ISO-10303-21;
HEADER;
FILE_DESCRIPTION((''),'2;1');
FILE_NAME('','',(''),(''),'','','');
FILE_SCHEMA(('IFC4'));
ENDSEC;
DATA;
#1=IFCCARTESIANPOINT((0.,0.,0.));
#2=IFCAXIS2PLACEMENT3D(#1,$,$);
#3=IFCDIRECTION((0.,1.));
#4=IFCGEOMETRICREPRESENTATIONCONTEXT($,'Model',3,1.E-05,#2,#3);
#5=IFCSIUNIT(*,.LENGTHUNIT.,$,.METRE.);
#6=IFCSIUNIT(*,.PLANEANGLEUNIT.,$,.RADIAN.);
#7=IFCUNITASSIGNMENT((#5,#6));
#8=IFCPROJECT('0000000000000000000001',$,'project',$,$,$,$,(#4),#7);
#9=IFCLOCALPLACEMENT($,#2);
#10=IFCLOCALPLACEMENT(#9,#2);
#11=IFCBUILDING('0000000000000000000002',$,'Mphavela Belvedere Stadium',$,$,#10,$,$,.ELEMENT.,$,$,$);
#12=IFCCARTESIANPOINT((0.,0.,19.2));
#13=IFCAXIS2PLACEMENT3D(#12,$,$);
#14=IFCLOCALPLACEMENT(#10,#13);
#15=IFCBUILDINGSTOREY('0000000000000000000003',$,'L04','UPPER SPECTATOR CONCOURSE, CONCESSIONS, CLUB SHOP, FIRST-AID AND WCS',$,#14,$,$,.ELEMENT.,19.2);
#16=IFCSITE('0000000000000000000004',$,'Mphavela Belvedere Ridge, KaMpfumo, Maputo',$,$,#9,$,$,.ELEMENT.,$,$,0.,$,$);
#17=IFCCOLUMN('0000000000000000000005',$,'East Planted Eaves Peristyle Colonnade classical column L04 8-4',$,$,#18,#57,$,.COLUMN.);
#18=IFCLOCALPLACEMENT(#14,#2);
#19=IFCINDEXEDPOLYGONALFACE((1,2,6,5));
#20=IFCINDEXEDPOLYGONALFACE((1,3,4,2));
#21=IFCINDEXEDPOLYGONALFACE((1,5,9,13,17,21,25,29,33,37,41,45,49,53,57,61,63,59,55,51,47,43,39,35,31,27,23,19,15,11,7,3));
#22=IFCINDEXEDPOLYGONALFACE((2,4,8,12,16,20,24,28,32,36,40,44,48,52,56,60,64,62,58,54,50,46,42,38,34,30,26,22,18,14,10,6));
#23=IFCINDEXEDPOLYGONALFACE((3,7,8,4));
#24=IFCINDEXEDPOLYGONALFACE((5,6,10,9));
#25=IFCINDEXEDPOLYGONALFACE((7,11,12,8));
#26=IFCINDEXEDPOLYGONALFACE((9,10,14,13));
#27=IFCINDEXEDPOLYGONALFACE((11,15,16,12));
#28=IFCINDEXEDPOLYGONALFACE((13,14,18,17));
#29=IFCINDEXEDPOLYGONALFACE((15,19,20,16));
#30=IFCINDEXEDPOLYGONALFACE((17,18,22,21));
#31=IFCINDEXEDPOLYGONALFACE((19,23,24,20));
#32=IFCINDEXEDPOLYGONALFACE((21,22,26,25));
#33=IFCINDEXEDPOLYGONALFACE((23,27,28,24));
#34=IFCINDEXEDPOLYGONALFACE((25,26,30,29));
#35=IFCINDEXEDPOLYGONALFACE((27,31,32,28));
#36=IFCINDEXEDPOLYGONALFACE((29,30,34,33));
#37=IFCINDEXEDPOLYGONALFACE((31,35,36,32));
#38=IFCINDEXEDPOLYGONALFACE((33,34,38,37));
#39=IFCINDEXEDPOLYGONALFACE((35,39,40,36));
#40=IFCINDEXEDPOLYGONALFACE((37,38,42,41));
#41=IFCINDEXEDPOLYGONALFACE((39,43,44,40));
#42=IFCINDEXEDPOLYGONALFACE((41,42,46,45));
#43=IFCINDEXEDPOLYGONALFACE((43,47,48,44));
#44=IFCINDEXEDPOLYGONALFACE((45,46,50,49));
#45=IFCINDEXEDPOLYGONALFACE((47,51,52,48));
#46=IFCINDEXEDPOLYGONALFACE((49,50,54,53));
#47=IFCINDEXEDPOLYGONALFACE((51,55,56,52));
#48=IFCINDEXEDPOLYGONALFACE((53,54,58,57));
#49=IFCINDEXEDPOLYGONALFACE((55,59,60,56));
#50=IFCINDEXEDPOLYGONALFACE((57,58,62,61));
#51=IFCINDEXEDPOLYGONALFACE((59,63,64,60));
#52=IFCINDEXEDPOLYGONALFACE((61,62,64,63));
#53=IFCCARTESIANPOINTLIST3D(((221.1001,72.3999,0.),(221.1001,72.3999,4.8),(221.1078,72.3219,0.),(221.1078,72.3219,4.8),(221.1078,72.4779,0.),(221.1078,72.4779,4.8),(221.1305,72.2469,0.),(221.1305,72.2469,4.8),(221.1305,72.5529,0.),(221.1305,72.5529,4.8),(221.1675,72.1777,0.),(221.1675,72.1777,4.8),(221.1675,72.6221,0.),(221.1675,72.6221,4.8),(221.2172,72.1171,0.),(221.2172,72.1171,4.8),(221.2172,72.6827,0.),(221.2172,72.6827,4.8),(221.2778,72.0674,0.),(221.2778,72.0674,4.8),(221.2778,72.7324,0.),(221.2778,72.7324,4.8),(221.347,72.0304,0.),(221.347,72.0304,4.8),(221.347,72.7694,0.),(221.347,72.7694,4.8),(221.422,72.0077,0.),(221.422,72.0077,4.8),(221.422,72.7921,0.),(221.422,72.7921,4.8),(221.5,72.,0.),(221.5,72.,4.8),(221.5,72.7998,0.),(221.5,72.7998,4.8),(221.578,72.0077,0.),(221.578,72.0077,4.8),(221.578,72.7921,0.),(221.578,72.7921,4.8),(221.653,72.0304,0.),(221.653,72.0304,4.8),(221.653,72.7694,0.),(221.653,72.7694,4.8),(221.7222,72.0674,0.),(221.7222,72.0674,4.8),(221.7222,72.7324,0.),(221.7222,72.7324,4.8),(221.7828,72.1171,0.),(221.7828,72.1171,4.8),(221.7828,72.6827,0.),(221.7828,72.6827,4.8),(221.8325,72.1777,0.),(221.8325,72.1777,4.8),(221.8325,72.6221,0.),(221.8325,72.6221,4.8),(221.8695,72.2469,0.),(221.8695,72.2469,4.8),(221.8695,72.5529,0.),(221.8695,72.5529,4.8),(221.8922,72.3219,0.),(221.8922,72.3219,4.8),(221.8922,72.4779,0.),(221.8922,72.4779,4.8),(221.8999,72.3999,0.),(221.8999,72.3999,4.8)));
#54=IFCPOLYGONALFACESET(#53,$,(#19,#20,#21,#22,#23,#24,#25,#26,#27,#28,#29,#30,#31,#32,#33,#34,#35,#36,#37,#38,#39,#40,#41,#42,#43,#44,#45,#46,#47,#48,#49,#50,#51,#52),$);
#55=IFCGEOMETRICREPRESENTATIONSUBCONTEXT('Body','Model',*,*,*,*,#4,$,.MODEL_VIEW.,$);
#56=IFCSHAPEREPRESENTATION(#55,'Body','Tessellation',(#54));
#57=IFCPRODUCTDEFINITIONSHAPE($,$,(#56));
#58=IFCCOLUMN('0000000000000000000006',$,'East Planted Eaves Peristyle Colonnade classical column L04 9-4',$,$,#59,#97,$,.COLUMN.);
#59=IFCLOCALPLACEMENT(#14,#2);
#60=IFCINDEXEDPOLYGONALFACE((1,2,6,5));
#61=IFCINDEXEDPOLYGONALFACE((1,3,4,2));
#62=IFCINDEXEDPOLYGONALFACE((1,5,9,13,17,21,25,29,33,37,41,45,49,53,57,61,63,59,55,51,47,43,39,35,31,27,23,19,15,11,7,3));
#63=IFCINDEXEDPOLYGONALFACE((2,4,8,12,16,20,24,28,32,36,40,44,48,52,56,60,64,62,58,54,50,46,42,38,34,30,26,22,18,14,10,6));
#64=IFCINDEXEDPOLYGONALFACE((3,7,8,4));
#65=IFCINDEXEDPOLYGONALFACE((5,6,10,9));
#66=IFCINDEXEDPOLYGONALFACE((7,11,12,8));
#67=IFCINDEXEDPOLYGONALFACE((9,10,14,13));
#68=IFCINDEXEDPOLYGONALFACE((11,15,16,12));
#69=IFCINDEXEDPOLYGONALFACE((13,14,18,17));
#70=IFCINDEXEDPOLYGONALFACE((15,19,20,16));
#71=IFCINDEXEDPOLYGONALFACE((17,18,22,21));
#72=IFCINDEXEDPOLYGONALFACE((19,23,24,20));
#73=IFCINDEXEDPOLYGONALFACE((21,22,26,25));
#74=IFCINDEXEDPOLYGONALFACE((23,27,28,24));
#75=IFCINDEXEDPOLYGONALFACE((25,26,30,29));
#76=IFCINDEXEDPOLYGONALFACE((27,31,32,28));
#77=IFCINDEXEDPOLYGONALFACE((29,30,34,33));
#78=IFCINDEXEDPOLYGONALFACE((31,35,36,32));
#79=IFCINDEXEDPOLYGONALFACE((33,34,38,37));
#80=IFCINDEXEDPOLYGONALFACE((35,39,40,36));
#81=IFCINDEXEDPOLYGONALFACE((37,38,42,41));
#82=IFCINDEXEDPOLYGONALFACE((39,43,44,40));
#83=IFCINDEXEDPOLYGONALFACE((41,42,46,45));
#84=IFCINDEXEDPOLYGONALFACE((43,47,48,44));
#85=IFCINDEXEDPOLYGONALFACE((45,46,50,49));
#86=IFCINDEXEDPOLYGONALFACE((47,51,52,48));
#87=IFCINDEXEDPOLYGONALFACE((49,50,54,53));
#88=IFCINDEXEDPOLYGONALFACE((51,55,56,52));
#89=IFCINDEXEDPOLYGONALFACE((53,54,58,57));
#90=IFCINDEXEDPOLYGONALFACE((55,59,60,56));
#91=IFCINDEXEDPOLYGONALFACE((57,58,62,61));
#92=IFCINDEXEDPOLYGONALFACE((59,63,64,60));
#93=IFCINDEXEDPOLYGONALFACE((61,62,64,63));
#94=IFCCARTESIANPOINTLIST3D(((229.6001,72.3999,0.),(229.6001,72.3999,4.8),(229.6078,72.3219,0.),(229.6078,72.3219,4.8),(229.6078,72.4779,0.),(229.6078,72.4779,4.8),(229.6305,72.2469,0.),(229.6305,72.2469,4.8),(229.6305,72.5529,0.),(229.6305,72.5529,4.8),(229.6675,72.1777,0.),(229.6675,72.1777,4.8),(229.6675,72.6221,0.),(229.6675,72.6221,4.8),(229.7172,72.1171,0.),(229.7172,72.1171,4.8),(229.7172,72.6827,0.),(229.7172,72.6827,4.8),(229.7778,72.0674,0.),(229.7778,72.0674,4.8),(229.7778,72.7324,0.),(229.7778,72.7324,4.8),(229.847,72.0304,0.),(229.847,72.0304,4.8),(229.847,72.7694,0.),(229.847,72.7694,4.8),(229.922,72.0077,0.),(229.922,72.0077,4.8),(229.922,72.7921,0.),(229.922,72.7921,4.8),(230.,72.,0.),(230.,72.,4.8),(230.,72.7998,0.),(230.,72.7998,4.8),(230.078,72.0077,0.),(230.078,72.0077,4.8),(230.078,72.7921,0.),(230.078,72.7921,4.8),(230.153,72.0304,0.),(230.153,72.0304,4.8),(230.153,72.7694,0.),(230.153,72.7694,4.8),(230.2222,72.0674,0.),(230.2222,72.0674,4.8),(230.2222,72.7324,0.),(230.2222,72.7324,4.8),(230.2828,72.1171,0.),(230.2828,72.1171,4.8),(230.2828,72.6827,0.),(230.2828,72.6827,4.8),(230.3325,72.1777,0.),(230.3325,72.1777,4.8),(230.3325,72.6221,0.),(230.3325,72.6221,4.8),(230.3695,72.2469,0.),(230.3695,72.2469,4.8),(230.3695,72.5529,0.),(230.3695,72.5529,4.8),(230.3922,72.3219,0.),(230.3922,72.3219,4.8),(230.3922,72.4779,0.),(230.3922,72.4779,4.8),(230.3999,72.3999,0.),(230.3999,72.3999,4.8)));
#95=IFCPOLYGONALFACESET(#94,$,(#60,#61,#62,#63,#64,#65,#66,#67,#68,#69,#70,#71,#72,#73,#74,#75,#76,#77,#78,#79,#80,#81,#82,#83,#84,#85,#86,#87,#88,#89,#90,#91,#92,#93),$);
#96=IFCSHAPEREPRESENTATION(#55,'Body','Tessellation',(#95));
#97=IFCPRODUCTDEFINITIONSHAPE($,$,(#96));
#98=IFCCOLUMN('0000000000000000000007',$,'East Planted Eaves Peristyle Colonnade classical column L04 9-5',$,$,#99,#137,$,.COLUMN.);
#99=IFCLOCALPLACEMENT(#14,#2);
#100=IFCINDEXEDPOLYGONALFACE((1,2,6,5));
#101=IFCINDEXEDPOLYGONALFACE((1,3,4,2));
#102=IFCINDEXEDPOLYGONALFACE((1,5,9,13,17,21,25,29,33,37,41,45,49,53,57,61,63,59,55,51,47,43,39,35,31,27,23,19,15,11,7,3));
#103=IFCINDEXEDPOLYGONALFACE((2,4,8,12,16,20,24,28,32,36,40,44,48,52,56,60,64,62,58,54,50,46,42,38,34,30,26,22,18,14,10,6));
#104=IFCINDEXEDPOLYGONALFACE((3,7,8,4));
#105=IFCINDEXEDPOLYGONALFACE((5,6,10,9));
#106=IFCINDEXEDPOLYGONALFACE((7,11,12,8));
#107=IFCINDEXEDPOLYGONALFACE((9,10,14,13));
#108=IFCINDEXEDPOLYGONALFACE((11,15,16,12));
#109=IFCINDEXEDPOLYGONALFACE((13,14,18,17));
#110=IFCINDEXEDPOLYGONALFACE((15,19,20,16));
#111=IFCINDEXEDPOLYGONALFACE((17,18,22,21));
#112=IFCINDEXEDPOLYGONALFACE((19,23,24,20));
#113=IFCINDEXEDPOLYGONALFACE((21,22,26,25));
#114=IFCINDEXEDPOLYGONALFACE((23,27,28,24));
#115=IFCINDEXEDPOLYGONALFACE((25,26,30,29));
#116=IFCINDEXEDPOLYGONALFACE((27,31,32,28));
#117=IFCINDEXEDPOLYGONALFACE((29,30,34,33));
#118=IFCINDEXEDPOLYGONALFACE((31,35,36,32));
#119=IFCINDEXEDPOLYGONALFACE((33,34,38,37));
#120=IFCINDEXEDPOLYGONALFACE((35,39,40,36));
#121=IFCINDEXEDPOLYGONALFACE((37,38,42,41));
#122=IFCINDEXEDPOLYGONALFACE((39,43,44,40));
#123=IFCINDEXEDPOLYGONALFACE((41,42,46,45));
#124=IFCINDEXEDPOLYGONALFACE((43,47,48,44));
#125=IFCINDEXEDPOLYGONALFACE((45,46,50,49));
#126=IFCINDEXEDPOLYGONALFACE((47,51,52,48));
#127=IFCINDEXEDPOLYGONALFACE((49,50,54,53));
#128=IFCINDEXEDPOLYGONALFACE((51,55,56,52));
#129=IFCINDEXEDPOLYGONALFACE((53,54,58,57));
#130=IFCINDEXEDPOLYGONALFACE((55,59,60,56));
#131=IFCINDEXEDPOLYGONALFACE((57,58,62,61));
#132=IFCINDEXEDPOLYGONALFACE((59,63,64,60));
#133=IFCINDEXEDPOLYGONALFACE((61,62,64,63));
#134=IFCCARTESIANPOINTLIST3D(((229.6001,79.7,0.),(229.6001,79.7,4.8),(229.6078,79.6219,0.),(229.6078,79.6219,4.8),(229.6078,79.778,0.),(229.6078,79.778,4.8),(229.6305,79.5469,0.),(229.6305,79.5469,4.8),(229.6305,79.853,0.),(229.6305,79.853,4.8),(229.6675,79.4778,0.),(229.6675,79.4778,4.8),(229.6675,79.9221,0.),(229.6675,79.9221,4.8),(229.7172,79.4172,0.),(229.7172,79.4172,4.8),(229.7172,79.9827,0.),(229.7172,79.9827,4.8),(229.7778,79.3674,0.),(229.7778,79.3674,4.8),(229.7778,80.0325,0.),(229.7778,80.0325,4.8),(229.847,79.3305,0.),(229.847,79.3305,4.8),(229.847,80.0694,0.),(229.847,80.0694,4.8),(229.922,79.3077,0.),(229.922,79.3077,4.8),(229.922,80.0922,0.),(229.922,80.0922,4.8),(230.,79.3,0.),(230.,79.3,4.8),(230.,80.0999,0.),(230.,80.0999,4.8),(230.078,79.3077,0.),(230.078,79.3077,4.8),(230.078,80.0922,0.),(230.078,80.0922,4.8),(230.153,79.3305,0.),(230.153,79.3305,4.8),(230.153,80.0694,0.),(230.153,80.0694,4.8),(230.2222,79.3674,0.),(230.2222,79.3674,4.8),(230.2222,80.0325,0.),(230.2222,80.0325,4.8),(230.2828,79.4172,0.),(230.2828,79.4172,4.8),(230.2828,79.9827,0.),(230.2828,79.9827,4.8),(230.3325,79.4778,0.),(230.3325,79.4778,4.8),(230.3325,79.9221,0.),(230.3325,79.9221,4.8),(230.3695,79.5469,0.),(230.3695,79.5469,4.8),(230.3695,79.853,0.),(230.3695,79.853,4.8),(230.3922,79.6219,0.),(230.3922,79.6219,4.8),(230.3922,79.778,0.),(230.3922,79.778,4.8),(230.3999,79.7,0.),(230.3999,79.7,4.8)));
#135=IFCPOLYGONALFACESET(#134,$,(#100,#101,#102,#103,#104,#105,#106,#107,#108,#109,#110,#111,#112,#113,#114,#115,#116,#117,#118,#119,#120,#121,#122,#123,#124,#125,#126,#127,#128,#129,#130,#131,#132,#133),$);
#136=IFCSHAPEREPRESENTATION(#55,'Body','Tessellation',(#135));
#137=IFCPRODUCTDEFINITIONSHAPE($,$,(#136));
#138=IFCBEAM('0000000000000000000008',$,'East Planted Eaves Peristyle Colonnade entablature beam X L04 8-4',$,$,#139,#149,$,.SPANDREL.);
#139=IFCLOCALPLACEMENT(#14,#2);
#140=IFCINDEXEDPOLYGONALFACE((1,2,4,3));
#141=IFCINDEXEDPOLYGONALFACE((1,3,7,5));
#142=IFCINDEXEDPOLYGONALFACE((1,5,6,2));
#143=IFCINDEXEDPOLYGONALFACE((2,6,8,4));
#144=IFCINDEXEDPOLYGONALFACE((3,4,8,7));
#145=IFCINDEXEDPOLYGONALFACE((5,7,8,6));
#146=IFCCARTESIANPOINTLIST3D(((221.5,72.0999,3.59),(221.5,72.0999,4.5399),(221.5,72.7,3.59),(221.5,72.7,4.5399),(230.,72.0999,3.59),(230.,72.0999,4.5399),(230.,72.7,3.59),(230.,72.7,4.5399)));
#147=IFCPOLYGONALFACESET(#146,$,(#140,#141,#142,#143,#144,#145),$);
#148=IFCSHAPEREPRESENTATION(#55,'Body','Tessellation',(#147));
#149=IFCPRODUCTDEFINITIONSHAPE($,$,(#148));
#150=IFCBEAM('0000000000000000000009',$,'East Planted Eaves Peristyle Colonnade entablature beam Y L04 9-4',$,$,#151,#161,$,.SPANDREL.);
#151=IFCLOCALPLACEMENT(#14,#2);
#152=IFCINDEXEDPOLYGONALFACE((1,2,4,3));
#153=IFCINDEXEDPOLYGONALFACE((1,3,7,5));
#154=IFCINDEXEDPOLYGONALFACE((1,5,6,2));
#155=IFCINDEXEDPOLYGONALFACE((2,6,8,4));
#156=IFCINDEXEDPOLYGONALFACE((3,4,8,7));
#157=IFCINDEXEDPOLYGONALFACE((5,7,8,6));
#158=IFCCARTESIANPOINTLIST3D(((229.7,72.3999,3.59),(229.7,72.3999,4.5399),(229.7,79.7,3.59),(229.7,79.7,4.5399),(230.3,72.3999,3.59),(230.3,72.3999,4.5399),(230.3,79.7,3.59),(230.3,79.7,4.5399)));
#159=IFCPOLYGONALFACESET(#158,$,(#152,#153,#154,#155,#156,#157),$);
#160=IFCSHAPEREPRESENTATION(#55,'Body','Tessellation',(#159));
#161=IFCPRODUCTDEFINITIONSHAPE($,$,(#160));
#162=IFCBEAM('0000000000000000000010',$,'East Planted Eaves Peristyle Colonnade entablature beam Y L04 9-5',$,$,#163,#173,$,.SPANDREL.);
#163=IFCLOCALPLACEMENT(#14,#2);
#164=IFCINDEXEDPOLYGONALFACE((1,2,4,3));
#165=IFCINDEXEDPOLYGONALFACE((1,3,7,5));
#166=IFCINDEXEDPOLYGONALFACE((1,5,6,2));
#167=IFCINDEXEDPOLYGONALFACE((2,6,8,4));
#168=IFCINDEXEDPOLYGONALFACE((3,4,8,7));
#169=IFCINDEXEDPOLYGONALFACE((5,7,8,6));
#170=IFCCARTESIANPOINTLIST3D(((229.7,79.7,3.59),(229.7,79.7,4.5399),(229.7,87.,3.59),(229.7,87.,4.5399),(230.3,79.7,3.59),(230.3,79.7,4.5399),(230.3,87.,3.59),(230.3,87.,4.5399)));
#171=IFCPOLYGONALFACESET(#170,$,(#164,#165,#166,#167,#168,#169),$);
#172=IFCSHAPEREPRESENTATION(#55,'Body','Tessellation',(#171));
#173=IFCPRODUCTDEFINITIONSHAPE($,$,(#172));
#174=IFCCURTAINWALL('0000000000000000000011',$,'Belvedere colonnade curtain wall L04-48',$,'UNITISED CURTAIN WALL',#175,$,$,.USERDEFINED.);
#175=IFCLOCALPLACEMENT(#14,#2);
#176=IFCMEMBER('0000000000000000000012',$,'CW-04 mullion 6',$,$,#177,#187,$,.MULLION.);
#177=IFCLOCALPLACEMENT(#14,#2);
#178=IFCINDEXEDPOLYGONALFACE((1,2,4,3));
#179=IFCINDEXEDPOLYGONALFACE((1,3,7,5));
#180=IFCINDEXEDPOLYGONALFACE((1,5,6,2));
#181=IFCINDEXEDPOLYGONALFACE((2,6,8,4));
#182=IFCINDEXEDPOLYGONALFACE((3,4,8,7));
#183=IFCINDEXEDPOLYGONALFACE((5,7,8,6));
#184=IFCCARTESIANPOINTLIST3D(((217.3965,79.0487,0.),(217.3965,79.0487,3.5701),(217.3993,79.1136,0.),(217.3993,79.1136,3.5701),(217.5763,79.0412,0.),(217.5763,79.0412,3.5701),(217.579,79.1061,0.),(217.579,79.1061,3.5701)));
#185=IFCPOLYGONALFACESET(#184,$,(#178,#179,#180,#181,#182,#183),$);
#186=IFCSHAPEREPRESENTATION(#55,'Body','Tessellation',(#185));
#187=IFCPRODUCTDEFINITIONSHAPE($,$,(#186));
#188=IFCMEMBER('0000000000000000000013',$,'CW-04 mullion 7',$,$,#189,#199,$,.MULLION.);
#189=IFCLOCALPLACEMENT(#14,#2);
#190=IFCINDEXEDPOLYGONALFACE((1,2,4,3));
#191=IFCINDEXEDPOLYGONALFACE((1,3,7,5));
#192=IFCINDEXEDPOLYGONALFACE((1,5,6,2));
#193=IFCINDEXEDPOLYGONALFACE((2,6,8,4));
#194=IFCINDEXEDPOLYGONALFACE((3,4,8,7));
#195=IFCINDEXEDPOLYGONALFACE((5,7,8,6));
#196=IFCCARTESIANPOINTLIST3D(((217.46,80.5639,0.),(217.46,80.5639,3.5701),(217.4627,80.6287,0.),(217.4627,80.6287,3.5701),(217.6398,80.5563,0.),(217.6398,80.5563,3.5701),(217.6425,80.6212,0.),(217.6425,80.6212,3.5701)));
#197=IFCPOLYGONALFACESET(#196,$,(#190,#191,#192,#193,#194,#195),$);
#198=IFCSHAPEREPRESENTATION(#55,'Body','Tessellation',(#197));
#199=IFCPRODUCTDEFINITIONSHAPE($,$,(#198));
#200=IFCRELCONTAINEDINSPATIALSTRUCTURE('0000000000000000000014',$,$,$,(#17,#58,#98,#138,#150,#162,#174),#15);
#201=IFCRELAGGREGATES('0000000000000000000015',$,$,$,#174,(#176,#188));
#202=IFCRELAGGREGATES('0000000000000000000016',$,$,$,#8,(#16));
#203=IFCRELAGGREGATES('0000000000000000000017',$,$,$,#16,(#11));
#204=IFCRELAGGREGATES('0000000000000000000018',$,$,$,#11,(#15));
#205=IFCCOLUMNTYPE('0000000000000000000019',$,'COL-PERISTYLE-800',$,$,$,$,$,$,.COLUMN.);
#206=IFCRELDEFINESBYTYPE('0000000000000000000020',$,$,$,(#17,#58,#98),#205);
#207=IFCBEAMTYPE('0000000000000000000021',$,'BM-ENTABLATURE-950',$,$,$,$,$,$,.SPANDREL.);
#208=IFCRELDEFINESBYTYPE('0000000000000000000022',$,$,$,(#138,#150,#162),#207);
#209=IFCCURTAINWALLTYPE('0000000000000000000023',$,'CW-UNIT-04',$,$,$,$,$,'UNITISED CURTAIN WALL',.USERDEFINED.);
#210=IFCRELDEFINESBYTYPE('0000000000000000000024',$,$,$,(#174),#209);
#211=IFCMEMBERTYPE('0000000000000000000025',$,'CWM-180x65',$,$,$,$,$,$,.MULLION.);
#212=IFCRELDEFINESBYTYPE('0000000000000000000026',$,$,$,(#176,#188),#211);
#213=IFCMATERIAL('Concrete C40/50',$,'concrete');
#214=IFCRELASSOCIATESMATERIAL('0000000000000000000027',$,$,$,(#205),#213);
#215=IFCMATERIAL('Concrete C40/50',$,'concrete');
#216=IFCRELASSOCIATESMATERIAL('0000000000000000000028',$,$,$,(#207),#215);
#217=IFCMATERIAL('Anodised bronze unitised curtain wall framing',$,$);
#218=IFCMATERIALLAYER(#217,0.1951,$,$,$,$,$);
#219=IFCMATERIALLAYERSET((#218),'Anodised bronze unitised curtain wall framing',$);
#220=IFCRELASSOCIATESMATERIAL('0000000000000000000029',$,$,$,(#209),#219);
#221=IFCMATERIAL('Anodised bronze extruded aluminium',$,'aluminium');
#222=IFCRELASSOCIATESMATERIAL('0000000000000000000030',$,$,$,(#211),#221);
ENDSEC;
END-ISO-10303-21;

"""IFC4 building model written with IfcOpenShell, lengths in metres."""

from ifc_helpers import new_model, si_unit, direction, frame, origin, origin_2d, place, context, subcontext, project, spatial, rectangle, circle, extrude, material, layer, layer_set, material_profile, profile_set, type_object, element, aggregate, save


model = new_model("IFC4")

# Units and contexts
model_context = context("Model", 3, precision=1e-05, world=origin(), true_north=direction((0.0, 1.0)))
body_context = subcontext(model_context, "Body", "Model", "MODEL_VIEW")
ifc_project = project(units=[si_unit("LENGTHUNIT", "METRE"), si_unit("PLANEANGLEUNIT", "RADIAN")], contexts=[model_context])

# Site, building, storey
site_placement = place(None, origin())
site = spatial("IfcSite", under=ifc_project, at=site_placement, Name="Mphavela Belvedere Ridge, KaMpfumo, Maputo", CompositionType="ELEMENT", RefElevation=0.0)
building_placement = place(site_placement, origin())
building = spatial("IfcBuilding", under=site, at=building_placement, Name="Mphavela Belvedere Stadium", CompositionType="ELEMENT")
storey_placement = place(building_placement, frame((0.0, 0.0, 19.2)))
storey = spatial("IfcBuildingStorey", under=building, at=storey_placement, Name="L04", Description="UPPER SPECTATOR CONCOURSE, CONCESSIONS, CLUB SHOP, FIRST-AID AND WCS", CompositionType="ELEMENT", Elevation=19.2)

# Columns
ifc_material_1 = material(Name="Concrete C40/50", Category="concrete")
ifc_material_profile_1 = material_profile(ifc_material_1, circle(Radius=0.3999, at=origin_2d()), Name="COL D800")
ifc_profile_set_1 = profile_set([ifc_material_profile_1], Name="Concrete C40/50")
column_type = type_object("IfcColumnType", Name="COL-PERISTYLE-800", PredefinedType="COLUMN", material=ifc_profile_set_1)
for number, where, z_axis, x_axis, name in (
    (1, (221.5, 72.3999, 0.0), (0.0, 0.0, 1.0), (1.0, 0.0, 0.0), "East Planted Eaves Peristyle Colonnade classical column L04 8-4"),
    (2, (230.0, 72.3999, 0.0), (0.0, 0.0, 1.0), (1.0, 0.0, 0.0), "East Planted Eaves Peristyle Colonnade classical column L04 9-4"),
    (3, (230.0, 79.7, 0.0), (0.0, 0.0, 1.0), (1.0, 0.0, 0.0), "East Planted Eaves Peristyle Colonnade classical column L04 9-5"),
):
    element("IfcColumn", number, at=place(storey_placement, frame(where, z_axis=z_axis, x_axis=x_axis)), inside=storey, type_object=column_type, Name=name, PredefinedType="COLUMN", context=body_context, shape_type="SweptSolid", body=[
        extrude(circle(Radius=0.3999, at=origin_2d()), origin(), (0.0, 0.0, 1.0), 4.8),
    ])

# Beams
ifc_material_2 = material(Name="Concrete C40/50", Category="concrete")
ifc_material_profile_2 = material_profile(ifc_material_2, rectangle(XDim=0.6001, YDim=0.95, at=origin_2d()), Name="RC 600x950")
ifc_profile_set_2 = profile_set([ifc_material_profile_2], Name="Concrete C40/50")
beam_type = type_object("IfcBeamType", Name="BM-ENTABLATURE-950", PredefinedType="SPANDREL", material=ifc_profile_set_2)
beam_placement = place(storey_placement, frame((221.5, 72.3999, 4.0649), z_axis=(1.0, 0.0, 0.0), x_axis=(0.0, 1.0, 0.0)))
element("IfcBeam", 4, at=beam_placement, inside=storey, type_object=beam_type, Name="East Planted Eaves Peristyle Colonnade entablature beam X L04 8-4", PredefinedType="SPANDREL", context=body_context, shape_type="SweptSolid", body=[
    extrude(rectangle(XDim=0.6001, YDim=0.95, at=origin_2d()), origin(), (0.0, 0.0, 1.0), 8.5),
])
for number, where, z_axis, x_axis, name in (
    (5, (230.0, 72.3999, 4.0649), (0.0, 1.0, 0.0), (-1.0, 0.0, 0.0), "East Planted Eaves Peristyle Colonnade entablature beam Y L04 9-4"),
    (6, (230.0, 79.7, 4.0649), (0.0, 1.0, 0.0), (-1.0, 0.0, 0.0), "East Planted Eaves Peristyle Colonnade entablature beam Y L04 9-5"),
):
    element("IfcBeam", number, at=place(storey_placement, frame(where, z_axis=z_axis, x_axis=x_axis)), inside=storey, type_object=beam_type, Name=name, PredefinedType="SPANDREL", context=body_context, shape_type="SweptSolid", body=[
        extrude(rectangle(XDim=0.6001, YDim=0.95, at=origin_2d()), origin(), (0.0, 0.0, 1.0), 7.3),
    ])

# Curtain wall, members
ifc_material_3 = material(Name="Anodised bronze unitised curtain wall framing")
ifc_layer_1 = layer(ifc_material_3, 0.1951)
ifc_layer_set_1 = layer_set([ifc_layer_1], Name="Anodised bronze unitised curtain wall framing")
curtain_wall_type = type_object("IfcCurtainWallType", Name="CW-UNIT-04", ElementType="UNITISED CURTAIN WALL", PredefinedType="USERDEFINED", material=ifc_layer_set_1)
curtain_wall_placement = place(storey_placement, origin())
curtain_wall = element("IfcCurtainWall", 7, at=curtain_wall_placement, inside=storey, type_object=curtain_wall_type, Name="Belvedere colonnade curtain wall L04-48", ObjectType="UNITISED CURTAIN WALL", PredefinedType="USERDEFINED")
ifc_material_4 = material(Name="Anodised bronze extruded aluminium", Category="aluminium")
ifc_material_profile_3 = material_profile(ifc_material_4, rectangle(XDim=0.1799, YDim=0.0649, at=origin_2d()), Name="CW-MUL 180x65")
ifc_profile_set_3 = profile_set([ifc_material_profile_3], Name="Anodised bronze extruded aluminium")
member_type_1 = type_object("IfcMemberType", Name="CWM-180x65", PredefinedType="MULLION", material=ifc_profile_set_3)
member_1_placement = place(storey_placement, frame((217.4878, 79.0774, 0.0), z_axis=(0.0, 0.0, 1.0), x_axis=(-0.999122, 0.041905, 0.0)))
member_1 = element("IfcMember", 8, at=member_1_placement, type_object=member_type_1, Name="CW-04 mullion 6", PredefinedType="MULLION", context=body_context, shape_type="SweptSolid", body=[
    extrude(rectangle(XDim=0.1799, YDim=0.0649, at=origin_2d()), origin(), (0.0, 0.0, 1.0), 3.5701),
])
member_2_placement = place(storey_placement, frame((217.5513, 80.5925, 0.0), z_axis=(0.0, 0.0, 1.0), x_axis=(-0.999122, 0.041905, 0.0)))
member_2 = element("IfcMember", 9, at=member_2_placement, type_object=member_type_1, Name="CW-04 mullion 7", PredefinedType="MULLION", context=body_context, shape_type="SweptSolid", body=[
    extrude(rectangle(XDim=0.1799, YDim=0.0649, at=origin_2d()), origin(), (0.0, 0.0, 1.0), 3.5701),
])
aggregate(curtain_wall, [member_1, member_2])

save(model, "model.ifc")
